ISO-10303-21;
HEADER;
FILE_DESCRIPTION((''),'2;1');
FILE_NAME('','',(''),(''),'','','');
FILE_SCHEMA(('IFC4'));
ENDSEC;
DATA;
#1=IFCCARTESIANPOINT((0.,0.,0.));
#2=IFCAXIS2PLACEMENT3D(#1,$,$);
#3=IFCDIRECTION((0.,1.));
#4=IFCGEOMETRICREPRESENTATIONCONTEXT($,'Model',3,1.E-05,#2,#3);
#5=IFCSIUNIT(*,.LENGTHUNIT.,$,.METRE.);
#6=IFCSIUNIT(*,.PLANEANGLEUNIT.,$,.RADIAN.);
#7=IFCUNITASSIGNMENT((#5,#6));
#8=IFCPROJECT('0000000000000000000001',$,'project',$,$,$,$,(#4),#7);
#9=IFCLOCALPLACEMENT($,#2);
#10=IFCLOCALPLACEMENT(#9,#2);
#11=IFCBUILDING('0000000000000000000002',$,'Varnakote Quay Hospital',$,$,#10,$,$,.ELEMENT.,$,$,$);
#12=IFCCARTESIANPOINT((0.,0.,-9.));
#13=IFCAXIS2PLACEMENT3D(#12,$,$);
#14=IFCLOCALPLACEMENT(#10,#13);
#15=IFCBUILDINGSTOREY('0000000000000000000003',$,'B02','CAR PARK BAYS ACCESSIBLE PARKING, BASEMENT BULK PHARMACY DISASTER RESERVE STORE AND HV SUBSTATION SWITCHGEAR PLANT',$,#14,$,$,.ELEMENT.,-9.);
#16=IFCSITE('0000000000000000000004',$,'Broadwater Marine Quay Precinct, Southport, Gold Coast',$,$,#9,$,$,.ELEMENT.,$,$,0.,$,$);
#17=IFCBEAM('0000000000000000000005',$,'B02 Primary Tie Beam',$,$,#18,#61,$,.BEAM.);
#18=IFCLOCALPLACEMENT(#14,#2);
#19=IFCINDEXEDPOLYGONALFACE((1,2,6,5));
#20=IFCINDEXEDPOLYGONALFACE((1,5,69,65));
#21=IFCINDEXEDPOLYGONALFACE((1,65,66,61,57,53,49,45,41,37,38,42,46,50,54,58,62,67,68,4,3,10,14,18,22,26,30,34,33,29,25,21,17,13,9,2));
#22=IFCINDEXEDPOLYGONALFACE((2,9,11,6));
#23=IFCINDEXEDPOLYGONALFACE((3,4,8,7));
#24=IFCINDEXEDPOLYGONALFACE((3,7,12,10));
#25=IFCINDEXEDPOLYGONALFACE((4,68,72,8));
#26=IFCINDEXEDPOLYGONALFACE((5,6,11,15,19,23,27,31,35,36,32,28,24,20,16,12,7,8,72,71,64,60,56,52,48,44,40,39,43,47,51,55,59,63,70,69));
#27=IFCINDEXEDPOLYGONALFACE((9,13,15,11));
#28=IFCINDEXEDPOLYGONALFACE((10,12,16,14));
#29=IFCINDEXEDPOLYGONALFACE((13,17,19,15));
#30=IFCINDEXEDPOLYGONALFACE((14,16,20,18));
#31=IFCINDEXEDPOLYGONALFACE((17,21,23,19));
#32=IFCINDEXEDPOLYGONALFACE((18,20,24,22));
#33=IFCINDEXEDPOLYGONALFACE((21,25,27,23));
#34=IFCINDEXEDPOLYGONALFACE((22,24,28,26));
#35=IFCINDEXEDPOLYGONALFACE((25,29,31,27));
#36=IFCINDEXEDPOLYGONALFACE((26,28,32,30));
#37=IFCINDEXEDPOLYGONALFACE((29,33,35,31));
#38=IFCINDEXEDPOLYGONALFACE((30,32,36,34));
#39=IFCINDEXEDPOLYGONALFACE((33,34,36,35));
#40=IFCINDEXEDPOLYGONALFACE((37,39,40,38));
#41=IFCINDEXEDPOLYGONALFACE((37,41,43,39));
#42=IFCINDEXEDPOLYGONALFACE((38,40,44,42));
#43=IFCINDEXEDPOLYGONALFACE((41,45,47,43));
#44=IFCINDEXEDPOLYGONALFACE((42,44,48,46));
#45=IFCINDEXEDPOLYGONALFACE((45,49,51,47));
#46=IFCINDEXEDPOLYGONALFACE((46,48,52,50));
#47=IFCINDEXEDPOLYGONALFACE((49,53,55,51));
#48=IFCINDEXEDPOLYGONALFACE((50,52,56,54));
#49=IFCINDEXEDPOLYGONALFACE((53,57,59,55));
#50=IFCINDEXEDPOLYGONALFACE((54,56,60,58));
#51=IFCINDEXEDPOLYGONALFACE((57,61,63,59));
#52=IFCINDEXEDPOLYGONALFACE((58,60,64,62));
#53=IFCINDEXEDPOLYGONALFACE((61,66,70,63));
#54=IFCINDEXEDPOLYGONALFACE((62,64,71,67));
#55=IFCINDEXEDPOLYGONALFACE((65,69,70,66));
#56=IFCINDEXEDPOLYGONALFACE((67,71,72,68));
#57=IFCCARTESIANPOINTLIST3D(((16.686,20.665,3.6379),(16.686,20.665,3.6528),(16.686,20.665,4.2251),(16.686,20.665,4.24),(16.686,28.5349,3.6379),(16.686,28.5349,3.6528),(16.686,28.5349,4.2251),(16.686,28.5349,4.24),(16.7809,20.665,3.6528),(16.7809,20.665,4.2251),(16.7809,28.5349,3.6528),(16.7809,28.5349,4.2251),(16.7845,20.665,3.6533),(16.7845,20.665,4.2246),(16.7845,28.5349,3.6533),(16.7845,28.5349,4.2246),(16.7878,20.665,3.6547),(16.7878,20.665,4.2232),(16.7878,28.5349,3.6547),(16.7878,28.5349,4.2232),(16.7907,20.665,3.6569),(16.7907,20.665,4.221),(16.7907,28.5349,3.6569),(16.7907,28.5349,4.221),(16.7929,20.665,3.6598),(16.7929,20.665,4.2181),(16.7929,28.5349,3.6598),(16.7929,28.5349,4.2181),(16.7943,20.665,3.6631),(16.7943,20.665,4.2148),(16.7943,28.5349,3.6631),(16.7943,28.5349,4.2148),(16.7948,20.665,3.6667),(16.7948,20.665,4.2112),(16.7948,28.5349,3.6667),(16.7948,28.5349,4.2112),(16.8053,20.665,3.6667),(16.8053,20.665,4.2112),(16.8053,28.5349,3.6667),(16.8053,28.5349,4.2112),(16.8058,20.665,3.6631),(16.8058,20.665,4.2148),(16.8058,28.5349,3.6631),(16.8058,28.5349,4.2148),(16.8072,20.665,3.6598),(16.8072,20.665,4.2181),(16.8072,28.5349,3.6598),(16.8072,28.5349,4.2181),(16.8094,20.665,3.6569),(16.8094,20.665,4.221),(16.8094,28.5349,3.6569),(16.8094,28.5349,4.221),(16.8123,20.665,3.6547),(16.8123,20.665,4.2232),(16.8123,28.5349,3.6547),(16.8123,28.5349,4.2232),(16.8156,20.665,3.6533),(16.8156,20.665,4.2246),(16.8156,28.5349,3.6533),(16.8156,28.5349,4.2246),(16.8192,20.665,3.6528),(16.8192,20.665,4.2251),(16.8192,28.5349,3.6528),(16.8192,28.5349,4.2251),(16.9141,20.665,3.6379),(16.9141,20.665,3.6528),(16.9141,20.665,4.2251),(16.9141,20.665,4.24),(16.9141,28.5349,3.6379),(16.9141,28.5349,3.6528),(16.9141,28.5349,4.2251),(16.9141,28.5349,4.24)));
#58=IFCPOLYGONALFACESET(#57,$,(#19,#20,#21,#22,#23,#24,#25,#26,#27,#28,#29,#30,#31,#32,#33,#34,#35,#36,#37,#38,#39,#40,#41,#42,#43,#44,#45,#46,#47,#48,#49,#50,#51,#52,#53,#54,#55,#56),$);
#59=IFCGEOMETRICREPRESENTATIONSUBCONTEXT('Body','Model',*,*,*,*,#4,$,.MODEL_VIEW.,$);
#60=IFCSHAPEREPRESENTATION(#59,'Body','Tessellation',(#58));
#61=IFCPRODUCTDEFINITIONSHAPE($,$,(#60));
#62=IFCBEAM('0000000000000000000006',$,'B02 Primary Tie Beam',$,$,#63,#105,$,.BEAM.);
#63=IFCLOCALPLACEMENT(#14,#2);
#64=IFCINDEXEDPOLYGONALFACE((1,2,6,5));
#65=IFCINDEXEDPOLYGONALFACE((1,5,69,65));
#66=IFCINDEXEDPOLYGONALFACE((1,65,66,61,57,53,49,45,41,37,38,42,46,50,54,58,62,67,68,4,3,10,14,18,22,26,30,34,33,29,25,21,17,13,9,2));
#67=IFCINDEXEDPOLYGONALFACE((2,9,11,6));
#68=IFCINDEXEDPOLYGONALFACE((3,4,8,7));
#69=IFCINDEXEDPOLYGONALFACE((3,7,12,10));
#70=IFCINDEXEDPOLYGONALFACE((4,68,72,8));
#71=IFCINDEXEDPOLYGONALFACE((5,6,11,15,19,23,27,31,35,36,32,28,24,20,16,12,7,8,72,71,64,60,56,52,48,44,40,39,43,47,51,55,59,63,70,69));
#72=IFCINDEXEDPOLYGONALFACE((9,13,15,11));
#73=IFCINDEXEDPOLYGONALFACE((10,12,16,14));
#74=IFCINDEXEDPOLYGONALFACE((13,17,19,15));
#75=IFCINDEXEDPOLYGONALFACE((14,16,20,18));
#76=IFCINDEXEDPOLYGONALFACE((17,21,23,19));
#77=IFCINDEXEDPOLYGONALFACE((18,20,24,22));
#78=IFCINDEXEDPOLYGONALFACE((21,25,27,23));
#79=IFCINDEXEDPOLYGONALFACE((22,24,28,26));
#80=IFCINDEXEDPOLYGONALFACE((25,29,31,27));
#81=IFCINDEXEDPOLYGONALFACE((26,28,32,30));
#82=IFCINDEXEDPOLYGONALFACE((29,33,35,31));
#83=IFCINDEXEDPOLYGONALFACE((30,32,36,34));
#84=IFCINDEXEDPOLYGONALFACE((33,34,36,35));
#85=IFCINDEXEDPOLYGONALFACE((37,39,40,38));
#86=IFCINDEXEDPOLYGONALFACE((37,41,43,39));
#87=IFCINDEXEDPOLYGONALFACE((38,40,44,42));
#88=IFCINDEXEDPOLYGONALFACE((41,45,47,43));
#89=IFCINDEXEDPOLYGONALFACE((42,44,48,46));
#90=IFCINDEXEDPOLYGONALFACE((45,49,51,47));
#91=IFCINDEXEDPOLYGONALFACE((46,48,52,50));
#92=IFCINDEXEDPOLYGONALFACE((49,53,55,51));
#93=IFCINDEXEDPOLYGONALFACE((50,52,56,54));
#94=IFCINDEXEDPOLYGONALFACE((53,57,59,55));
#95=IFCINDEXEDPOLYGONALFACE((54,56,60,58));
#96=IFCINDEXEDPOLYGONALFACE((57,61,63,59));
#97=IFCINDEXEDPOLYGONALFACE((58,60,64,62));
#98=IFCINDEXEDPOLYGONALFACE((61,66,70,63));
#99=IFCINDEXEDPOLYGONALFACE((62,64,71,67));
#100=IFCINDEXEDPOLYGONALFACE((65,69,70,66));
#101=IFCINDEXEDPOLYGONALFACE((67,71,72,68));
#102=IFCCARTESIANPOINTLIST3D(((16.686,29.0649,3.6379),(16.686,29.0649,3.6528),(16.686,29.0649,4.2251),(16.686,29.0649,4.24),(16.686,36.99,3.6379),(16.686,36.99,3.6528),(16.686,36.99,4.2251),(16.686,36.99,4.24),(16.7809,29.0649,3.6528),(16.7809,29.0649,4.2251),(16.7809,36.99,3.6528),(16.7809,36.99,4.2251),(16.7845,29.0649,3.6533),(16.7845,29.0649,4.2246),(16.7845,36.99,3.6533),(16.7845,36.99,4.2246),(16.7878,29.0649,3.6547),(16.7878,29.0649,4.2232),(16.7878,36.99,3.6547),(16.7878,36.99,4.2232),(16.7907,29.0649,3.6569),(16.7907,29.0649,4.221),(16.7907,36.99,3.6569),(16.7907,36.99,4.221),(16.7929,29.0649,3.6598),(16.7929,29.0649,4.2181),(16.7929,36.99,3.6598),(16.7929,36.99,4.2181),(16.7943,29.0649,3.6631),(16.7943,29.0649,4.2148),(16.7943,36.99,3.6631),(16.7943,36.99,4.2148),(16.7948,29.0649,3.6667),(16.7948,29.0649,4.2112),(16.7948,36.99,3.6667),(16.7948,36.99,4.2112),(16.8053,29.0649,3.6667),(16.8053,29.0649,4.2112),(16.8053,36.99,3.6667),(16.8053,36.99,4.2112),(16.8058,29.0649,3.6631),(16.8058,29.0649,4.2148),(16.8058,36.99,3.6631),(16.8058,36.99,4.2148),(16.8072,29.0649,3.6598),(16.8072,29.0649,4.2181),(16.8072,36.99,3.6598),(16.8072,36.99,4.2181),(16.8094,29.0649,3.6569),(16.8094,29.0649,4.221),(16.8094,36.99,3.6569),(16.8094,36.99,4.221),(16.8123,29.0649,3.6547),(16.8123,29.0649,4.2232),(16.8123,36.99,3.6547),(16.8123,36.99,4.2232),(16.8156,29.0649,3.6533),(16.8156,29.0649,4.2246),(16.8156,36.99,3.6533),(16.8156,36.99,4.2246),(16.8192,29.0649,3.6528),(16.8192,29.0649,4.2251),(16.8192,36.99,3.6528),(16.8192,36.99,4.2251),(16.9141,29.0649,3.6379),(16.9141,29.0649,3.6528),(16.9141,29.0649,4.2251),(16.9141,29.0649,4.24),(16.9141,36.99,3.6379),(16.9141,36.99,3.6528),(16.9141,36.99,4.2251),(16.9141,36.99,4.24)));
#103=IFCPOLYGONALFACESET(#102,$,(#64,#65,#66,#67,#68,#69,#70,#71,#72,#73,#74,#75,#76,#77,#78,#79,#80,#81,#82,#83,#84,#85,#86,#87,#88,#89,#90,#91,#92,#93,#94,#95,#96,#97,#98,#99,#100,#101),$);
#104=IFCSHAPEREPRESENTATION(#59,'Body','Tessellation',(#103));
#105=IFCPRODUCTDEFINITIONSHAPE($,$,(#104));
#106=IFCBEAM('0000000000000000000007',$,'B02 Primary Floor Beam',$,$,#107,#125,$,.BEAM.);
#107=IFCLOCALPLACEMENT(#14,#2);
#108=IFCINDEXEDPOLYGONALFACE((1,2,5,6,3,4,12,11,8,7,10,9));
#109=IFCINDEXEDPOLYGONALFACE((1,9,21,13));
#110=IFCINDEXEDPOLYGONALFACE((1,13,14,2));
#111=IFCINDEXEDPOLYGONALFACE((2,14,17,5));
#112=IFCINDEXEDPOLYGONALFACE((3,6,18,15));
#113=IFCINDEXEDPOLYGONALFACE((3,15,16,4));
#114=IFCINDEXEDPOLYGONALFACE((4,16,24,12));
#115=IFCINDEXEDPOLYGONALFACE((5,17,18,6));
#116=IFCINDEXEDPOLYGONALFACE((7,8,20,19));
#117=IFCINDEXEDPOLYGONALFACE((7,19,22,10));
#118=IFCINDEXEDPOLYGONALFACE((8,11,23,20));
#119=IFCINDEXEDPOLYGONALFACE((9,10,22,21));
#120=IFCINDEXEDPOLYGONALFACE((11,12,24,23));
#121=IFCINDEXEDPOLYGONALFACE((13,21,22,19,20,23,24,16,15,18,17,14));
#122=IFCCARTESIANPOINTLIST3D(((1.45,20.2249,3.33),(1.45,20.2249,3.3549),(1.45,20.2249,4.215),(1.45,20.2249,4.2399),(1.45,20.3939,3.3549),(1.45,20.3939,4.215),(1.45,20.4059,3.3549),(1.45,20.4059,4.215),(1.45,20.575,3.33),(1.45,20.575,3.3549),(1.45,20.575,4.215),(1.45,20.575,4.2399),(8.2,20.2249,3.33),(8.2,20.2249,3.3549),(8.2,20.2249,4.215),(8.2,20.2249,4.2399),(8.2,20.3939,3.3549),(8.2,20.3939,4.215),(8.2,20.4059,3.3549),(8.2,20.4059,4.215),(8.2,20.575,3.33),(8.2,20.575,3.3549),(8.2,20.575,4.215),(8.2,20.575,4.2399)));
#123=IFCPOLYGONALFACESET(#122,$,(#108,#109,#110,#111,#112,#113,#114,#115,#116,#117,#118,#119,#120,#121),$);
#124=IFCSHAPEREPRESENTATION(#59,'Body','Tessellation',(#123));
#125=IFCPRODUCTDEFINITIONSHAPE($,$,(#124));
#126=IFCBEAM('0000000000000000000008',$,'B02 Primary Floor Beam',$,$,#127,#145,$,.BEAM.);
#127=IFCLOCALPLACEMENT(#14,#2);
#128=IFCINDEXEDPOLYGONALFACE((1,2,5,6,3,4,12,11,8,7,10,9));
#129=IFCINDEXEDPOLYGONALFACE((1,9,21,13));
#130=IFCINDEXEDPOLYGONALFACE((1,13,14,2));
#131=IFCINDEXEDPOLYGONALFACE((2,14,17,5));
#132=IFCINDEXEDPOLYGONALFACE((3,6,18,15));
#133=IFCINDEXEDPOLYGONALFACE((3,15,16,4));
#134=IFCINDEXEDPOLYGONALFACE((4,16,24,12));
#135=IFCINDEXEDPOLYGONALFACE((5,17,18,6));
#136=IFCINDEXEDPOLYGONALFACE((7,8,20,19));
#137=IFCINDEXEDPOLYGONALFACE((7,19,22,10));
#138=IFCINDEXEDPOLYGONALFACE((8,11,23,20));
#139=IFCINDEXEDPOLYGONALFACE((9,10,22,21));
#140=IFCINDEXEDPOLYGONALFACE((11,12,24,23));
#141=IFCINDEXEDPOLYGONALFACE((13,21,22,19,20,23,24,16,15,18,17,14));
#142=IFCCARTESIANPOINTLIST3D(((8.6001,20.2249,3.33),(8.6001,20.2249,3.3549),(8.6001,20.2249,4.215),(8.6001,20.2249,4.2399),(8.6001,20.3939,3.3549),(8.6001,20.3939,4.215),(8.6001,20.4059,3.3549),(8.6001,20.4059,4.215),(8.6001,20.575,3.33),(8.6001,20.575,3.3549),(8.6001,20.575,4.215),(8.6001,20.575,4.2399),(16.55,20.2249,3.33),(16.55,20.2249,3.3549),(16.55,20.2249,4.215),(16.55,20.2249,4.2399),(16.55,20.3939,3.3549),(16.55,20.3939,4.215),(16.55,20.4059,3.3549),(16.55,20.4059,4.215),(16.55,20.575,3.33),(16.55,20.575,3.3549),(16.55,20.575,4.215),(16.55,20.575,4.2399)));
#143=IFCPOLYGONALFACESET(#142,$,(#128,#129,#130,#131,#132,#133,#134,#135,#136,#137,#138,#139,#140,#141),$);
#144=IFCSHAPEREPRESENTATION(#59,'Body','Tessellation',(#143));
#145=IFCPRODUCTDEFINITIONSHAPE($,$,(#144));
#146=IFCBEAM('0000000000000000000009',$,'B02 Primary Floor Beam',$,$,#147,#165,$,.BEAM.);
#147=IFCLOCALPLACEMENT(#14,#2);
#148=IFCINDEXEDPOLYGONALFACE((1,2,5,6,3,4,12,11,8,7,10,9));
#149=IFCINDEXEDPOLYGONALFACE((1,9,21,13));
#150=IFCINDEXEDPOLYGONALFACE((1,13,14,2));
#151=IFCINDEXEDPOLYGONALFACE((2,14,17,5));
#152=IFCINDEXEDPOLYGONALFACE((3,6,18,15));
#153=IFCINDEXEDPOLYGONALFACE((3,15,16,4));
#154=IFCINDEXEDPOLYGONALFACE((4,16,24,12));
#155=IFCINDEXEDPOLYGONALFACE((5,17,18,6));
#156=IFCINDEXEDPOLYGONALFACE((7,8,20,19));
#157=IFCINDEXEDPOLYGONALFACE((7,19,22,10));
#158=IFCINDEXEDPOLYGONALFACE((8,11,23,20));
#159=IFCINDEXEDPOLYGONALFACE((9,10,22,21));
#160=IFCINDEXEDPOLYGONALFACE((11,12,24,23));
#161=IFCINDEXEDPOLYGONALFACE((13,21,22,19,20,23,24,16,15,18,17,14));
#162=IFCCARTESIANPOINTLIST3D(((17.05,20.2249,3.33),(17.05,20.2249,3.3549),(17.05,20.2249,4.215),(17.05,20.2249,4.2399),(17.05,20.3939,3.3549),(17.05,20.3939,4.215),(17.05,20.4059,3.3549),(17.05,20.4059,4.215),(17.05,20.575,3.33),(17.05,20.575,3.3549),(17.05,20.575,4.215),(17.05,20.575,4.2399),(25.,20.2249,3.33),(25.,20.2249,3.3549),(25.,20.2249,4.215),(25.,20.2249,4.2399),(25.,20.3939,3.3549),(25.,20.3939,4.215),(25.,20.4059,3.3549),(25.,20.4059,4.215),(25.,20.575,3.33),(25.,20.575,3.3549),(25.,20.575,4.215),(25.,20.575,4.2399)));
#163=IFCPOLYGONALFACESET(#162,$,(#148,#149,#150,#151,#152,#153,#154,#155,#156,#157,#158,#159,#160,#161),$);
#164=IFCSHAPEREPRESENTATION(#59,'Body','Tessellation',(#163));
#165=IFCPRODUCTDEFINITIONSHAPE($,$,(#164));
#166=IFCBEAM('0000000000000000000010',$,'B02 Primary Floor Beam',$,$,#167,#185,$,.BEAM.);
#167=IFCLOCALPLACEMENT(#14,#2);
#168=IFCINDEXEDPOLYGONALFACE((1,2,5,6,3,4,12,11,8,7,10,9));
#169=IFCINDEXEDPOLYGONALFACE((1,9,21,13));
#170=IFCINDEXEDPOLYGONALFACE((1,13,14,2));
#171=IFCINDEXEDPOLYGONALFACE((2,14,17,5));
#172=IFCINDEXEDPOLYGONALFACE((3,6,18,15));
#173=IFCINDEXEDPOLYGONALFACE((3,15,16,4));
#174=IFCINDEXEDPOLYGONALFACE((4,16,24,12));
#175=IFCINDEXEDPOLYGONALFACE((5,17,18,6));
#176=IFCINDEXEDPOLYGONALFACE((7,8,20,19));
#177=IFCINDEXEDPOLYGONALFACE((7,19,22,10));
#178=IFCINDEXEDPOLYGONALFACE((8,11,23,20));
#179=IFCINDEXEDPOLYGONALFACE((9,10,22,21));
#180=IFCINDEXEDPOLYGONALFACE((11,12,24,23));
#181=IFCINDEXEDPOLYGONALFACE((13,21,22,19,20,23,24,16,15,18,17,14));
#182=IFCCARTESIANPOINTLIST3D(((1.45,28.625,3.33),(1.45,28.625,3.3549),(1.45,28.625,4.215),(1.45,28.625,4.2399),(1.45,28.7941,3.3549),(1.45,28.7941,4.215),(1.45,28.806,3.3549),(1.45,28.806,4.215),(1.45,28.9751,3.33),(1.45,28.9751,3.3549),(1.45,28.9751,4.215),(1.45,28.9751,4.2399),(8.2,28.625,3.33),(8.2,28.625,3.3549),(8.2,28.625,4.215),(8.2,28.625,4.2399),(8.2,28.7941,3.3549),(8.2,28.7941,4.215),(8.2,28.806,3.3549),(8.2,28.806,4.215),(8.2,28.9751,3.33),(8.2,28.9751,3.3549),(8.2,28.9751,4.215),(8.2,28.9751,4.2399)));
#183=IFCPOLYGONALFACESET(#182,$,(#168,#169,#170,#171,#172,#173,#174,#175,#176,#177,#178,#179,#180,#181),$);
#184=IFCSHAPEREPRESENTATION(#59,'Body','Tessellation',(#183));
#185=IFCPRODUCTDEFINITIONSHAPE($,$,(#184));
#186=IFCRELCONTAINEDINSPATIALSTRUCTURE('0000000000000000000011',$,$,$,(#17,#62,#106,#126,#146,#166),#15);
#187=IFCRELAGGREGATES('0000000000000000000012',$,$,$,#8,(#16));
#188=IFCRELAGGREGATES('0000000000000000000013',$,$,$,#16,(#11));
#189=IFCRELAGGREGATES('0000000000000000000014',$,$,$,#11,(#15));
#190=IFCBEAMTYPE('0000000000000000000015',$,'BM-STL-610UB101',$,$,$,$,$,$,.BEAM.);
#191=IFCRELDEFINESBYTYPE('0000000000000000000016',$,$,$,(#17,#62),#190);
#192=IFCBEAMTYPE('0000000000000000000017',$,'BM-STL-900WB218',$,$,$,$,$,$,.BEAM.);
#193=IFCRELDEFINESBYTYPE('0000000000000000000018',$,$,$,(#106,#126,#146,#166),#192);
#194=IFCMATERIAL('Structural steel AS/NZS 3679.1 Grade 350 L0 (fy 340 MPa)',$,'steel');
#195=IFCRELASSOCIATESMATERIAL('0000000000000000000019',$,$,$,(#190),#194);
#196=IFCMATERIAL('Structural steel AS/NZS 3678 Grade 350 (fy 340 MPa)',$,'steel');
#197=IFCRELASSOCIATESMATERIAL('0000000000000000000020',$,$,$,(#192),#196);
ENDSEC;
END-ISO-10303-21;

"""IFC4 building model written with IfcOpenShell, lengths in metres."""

from ifc_helpers import new_model, si_unit, direction, frame, origin, origin_2d, place, context, subcontext, project, spatial, i_section, extrude, material, material_profile, profile_set, type_object, element, save


model = new_model("IFC4")

# Units and contexts
model_context = context("Model", 3, precision=1e-05, world=origin(), true_north=direction((0.0, 1.0)))
body_context = subcontext(model_context, "Body", "Model", "MODEL_VIEW")
ifc_project = project(units=[si_unit("LENGTHUNIT", "METRE"), si_unit("PLANEANGLEUNIT", "RADIAN")], contexts=[model_context])

# Site, building, storey
site_placement = place(None, origin())
site = spatial("IfcSite", under=ifc_project, at=site_placement, Name="Broadwater Marine Quay Precinct, Southport, Gold Coast", CompositionType="ELEMENT", RefElevation=0.0)
building_placement = place(site_placement, origin())
building = spatial("IfcBuilding", under=site, at=building_placement, Name="Varnakote Quay Hospital", CompositionType="ELEMENT")
storey_placement = place(building_placement, frame((0.0, 0.0, -9.0)))
storey = spatial("IfcBuildingStorey", under=building, at=storey_placement, Name="B02", Description="CAR PARK BAYS ACCESSIBLE PARKING, BASEMENT BULK PHARMACY DISASTER RESERVE STORE AND HV SUBSTATION SWITCHGEAR PLANT", CompositionType="ELEMENT", Elevation=-9.0)

# Beams
ifc_material_1 = material(Name="Structural steel AS/NZS 3679.1 Grade 350 L0 (fy 340 MPa)", Category="steel")
ifc_material_profile_1 = material_profile(ifc_material_1, i_section(OverallWidth=0.228, OverallDepth=0.6021, WebThickness=0.0105, FlangeThickness=0.0149, FilletRadius=0.0139, at=origin_2d()), Name="610UB101")
ifc_profile_set_1 = profile_set([ifc_material_profile_1], Name="Structural steel AS/NZS 3679.1 Grade 350 L0 (fy 340 MPa)")
beam_type_1 = type_object("IfcBeamType", Name="BM-STL-610UB101", PredefinedType="BEAM", material=ifc_profile_set_1)
beam_1_placement = place(storey_placement, frame((16.8, 20.665, 3.939), z_axis=(0.0, 1.0, 0.0), x_axis=(-1.0, 0.0, 0.0)))
element("IfcBeam", 1, at=beam_1_placement, inside=storey, type_object=beam_type_1, Name="B02 Primary Tie Beam", PredefinedType="BEAM", context=body_context, shape_type="SweptSolid", body=[
    extrude(i_section(OverallWidth=0.228, OverallDepth=0.6021, WebThickness=0.0105, FlangeThickness=0.0149, FilletRadius=0.0139, at=origin_2d()), origin(), (0.0, 0.0, 1.0), 7.8699),
])
beam_2_placement = place(storey_placement, frame((16.8, 29.0649, 3.939), z_axis=(0.0, 1.0, 0.0), x_axis=(-1.0, 0.0, 0.0)))
element("IfcBeam", 2, at=beam_2_placement, inside=storey, type_object=beam_type_1, Name="B02 Primary Tie Beam", PredefinedType="BEAM", context=body_context, shape_type="SweptSolid", body=[
    extrude(i_section(OverallWidth=0.228, OverallDepth=0.6021, WebThickness=0.0105, FlangeThickness=0.0149, FilletRadius=0.0139, at=origin_2d()), origin(), (0.0, 0.0, 1.0), 7.925),
])
ifc_material_2 = material(Name="Structural steel AS/NZS 3678 Grade 350 (fy 340 MPa)", Category="steel")
ifc_material_profile_2 = material_profile(ifc_material_2, i_section(OverallWidth=0.3501, OverallDepth=0.9099, WebThickness=0.012, FlangeThickness=0.0249, at=origin_2d()), Name="900WB218")
ifc_profile_set_2 = profile_set([ifc_material_profile_2], Name="Structural steel AS/NZS 3678 Grade 350 (fy 340 MPa)")
beam_type_2 = type_object("IfcBeamType", Name="BM-STL-900WB218", PredefinedType="BEAM", material=ifc_profile_set_2)
beam_3_placement = place(storey_placement, frame((1.45, 20.3999, 3.7849), z_axis=(1.0, 0.0, 0.0), x_axis=(0.0, 1.0, 0.0)))
element("IfcBeam", 3, at=beam_3_placement, inside=storey, type_object=beam_type_2, Name="B02 Primary Floor Beam", PredefinedType="BEAM", context=body_context, shape_type="SweptSolid", body=[
    extrude(i_section(OverallWidth=0.3501, OverallDepth=0.9099, WebThickness=0.012, FlangeThickness=0.0249, at=origin_2d()), origin(), (0.0, 0.0, 1.0), 6.75),
])
for number, where, z_axis, x_axis, name in (
    (4, (8.6001, 20.3999, 3.7849), (1.0, 0.0, 0.0), (0.0, 1.0, 0.0), "B02 Primary Floor Beam"),
    (5, (17.05, 20.3999, 3.7849), (1.0, 0.0, 0.0), (0.0, 1.0, 0.0), "B02 Primary Floor Beam"),
):
    element("IfcBeam", number, at=place(storey_placement, frame(where, z_axis=z_axis, x_axis=x_axis)), inside=storey, type_object=beam_type_2, Name=name, PredefinedType="BEAM", context=body_context, shape_type="SweptSolid", body=[
        extrude(i_section(OverallWidth=0.3501, OverallDepth=0.9099, WebThickness=0.012, FlangeThickness=0.0249, at=origin_2d()), origin(), (0.0, 0.0, 1.0), 7.95),
    ])
beam_4_placement = place(storey_placement, frame((1.45, 28.8, 3.7849), z_axis=(1.0, 0.0, 0.0), x_axis=(0.0, 1.0, 0.0)))
element("IfcBeam", 6, at=beam_4_placement, inside=storey, type_object=beam_type_2, Name="B02 Primary Floor Beam", PredefinedType="BEAM", context=body_context, shape_type="SweptSolid", body=[
    extrude(i_section(OverallWidth=0.3501, OverallDepth=0.9099, WebThickness=0.012, FlangeThickness=0.0249, at=origin_2d()), origin(), (0.0, 0.0, 1.0), 6.75),
])

save(model, "model.ifc")
